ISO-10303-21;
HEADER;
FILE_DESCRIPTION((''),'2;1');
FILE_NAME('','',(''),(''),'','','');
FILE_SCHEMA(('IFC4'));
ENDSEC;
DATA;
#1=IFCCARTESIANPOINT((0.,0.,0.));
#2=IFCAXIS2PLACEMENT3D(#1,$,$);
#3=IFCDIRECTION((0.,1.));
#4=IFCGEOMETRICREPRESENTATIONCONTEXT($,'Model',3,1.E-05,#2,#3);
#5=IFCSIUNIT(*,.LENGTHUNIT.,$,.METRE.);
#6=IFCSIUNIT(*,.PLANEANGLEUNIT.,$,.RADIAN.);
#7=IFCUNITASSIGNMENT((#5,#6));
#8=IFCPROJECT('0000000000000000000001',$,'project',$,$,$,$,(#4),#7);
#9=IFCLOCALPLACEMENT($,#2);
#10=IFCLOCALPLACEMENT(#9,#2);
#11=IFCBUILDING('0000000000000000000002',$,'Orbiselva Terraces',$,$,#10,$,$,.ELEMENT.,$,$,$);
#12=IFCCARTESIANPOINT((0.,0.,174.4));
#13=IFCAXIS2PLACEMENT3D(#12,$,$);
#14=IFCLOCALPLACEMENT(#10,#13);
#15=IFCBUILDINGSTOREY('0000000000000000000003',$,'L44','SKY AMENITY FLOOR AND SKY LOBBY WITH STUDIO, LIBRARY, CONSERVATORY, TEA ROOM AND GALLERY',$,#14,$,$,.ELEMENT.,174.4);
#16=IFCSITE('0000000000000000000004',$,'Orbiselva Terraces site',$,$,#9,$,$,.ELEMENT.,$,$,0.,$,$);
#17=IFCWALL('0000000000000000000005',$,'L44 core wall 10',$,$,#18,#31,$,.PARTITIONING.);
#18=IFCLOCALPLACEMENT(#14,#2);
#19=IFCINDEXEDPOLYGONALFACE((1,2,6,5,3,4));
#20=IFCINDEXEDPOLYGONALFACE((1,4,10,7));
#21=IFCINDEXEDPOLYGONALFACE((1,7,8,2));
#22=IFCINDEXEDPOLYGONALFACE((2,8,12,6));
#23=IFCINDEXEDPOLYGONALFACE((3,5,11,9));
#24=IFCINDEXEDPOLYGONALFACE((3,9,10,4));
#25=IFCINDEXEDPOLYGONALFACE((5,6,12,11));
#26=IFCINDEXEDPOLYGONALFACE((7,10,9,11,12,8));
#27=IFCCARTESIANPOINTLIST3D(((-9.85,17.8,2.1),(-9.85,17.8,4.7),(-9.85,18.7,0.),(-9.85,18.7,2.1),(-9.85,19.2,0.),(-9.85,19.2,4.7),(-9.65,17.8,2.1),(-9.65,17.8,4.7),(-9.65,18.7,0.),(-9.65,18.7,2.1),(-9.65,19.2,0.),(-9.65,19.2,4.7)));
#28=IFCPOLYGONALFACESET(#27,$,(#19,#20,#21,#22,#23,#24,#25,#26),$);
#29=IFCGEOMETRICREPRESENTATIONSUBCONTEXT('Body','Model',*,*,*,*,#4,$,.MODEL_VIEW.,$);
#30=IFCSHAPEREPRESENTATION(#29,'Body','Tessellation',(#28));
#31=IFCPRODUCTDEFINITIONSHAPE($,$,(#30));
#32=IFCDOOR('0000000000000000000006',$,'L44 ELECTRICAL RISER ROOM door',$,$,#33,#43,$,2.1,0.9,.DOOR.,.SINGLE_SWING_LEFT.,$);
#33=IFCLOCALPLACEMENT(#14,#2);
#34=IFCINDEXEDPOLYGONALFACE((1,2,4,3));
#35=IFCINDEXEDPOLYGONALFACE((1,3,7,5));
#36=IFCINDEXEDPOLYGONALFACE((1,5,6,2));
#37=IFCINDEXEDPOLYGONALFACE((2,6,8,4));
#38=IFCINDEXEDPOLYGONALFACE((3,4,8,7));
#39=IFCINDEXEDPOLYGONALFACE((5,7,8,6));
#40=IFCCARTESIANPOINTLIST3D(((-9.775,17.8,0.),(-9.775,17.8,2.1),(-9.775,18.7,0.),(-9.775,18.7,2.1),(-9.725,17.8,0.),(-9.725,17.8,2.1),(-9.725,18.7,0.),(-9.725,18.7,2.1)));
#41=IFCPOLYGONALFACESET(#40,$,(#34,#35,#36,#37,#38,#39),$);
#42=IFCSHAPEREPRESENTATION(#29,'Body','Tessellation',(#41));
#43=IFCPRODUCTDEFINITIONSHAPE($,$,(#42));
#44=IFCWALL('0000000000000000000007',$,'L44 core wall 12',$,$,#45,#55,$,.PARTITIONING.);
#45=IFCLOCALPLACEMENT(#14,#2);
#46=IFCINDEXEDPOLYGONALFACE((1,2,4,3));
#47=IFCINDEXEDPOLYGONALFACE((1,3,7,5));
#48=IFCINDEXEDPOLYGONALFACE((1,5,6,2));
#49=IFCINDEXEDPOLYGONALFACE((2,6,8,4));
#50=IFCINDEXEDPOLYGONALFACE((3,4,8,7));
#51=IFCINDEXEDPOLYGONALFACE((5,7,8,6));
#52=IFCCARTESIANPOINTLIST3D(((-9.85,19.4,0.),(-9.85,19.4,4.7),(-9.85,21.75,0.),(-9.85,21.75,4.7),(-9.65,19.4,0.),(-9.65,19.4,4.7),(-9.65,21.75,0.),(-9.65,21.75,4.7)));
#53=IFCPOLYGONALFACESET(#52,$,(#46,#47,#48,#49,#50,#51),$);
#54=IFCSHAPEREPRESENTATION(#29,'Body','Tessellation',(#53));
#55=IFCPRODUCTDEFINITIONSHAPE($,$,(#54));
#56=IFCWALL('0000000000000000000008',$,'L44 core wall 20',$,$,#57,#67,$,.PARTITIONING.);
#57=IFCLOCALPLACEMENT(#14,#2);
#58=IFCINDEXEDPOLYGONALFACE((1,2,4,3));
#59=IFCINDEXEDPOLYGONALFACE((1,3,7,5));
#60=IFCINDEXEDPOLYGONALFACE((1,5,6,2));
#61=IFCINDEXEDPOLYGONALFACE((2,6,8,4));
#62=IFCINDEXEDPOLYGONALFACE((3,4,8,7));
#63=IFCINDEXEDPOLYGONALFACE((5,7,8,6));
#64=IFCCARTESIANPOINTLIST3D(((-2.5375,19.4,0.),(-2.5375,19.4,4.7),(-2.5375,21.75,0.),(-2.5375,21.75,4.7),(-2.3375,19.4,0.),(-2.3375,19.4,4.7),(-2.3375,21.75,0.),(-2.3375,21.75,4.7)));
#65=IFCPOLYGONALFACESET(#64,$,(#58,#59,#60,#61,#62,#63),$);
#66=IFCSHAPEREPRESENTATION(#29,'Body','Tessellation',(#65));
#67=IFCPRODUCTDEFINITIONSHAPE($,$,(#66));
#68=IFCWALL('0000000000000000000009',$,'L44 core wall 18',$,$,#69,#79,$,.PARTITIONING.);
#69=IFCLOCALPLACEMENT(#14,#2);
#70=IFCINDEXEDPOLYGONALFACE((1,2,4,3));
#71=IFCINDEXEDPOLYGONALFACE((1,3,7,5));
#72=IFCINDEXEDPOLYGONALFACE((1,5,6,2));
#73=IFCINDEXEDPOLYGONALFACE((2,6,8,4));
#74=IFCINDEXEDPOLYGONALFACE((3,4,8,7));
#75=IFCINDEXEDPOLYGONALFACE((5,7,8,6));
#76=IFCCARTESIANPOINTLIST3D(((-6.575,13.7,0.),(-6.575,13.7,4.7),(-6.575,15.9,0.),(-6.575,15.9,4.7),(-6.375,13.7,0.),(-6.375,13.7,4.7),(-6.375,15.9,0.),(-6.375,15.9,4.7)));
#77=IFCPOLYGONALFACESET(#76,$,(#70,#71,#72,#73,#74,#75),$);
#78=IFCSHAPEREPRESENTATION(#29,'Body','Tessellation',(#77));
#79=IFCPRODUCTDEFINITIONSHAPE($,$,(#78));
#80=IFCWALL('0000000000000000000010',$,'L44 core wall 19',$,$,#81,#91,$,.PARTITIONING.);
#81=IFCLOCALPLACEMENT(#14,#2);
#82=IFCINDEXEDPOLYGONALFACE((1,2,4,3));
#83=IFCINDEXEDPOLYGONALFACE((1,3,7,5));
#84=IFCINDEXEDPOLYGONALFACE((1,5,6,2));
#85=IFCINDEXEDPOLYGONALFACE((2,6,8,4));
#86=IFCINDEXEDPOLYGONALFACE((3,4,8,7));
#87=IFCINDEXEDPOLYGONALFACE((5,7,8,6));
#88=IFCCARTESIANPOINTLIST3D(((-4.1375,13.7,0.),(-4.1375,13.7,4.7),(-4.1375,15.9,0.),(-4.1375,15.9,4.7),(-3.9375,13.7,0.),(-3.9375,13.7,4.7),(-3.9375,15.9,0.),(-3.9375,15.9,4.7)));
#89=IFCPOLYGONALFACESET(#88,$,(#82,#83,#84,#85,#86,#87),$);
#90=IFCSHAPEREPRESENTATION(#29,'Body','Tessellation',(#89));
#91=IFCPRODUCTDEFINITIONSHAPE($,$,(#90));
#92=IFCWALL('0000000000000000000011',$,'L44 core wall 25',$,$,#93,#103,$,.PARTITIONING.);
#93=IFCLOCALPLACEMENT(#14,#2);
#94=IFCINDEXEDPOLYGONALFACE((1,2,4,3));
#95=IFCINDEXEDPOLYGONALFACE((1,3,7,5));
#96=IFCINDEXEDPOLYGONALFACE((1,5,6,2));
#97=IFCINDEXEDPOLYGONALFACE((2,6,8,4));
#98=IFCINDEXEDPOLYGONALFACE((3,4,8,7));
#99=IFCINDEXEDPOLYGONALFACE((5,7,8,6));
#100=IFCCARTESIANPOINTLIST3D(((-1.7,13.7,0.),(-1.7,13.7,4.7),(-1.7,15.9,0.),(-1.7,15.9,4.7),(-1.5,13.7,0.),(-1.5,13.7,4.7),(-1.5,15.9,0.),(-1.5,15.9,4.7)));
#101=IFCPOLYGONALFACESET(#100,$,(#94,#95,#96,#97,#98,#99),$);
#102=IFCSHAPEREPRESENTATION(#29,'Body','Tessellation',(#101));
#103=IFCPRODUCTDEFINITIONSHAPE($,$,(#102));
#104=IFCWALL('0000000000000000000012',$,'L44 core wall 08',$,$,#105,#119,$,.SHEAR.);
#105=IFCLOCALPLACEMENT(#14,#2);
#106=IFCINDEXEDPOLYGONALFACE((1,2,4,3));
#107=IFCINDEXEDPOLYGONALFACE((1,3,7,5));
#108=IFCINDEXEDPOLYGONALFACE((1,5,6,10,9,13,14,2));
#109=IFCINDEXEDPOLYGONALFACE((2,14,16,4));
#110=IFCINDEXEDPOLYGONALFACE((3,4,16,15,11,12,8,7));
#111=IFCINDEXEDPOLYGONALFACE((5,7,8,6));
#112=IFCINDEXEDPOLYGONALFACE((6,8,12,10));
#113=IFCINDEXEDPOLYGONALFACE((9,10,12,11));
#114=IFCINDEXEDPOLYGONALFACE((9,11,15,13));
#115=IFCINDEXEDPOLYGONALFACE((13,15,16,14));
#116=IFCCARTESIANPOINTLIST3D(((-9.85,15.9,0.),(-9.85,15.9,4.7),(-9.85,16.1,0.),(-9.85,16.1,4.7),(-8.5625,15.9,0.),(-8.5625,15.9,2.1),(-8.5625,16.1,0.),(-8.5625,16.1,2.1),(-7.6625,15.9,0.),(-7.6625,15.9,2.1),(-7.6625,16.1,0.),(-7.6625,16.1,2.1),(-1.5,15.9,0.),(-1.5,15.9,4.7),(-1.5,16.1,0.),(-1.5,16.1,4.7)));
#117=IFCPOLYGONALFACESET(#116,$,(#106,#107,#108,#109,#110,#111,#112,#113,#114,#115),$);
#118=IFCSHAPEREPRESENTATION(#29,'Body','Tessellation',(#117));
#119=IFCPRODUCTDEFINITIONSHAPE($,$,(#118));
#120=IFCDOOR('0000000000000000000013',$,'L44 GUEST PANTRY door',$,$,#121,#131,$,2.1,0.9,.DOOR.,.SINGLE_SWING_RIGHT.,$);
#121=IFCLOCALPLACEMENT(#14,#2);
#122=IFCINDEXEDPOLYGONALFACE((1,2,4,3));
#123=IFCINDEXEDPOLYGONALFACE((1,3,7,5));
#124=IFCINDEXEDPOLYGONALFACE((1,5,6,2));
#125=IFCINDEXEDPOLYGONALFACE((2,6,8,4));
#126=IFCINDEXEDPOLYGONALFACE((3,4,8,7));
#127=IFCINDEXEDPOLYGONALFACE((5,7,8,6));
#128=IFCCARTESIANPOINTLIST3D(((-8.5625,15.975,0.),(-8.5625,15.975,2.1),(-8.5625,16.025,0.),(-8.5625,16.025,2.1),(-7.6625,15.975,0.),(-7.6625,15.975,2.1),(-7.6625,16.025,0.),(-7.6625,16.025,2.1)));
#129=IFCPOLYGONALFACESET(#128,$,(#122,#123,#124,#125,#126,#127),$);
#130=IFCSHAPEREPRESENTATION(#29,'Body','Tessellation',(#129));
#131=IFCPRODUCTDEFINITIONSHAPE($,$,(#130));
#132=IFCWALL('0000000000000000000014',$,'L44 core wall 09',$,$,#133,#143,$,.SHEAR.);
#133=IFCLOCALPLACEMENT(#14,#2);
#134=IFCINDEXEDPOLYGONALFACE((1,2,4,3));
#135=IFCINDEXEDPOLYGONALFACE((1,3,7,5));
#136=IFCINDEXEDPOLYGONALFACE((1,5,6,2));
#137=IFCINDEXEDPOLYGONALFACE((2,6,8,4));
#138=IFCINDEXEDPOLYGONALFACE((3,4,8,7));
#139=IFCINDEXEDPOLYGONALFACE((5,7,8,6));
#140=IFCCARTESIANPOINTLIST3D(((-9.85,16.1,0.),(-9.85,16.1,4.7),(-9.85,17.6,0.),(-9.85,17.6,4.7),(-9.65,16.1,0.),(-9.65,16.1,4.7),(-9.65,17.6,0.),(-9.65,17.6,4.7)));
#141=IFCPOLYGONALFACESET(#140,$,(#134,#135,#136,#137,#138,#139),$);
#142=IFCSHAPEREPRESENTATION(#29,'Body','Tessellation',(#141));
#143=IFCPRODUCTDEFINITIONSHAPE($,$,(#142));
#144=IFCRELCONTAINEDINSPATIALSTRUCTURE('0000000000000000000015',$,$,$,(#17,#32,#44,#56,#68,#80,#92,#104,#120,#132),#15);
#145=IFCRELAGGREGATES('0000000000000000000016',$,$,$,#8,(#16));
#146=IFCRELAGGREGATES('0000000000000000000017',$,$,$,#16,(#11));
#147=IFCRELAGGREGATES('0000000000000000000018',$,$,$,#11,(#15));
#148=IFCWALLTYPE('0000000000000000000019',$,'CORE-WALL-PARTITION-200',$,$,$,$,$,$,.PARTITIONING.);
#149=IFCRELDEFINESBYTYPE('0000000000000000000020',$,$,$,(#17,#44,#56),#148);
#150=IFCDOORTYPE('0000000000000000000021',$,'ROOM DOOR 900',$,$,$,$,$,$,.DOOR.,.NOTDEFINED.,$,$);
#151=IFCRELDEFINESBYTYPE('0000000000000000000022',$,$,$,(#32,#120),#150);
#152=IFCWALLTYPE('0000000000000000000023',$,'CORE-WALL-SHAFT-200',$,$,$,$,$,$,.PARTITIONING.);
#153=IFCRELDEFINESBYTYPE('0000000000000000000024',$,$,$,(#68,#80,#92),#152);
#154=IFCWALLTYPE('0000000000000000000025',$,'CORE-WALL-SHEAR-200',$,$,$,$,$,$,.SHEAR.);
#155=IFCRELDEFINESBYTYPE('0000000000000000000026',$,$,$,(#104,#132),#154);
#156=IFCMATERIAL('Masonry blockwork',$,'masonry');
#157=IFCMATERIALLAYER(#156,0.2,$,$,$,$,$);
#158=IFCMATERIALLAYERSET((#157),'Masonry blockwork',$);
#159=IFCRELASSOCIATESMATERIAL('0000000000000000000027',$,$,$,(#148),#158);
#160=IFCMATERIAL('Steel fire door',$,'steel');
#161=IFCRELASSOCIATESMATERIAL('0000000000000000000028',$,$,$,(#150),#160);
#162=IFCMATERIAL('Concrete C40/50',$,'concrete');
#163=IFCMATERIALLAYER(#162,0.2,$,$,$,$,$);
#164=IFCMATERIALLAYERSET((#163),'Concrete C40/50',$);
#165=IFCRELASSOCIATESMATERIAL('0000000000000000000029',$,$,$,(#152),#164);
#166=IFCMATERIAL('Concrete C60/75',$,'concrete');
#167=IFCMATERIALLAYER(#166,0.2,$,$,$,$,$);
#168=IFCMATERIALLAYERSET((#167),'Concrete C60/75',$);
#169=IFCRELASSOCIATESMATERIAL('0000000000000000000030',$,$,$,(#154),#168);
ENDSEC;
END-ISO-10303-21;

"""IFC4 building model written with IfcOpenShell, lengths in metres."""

from ifc_helpers import new_model, si_unit, direction, frame, frame_2d, origin, place, context, subcontext, project, spatial, rectangle, extrude, material, layer, layer_set, type_object, element, fill, save


model = new_model("IFC4")

# Units and contexts
model_context = context("Model", 3, precision=1e-05, world=origin(), true_north=direction((0.0, 1.0)))
body_context = subcontext(model_context, "Body", "Model", "MODEL_VIEW")
ifc_project = project(units=[si_unit("LENGTHUNIT", "METRE"), si_unit("PLANEANGLEUNIT", "RADIAN")], contexts=[model_context])

# Site, building, storey
site_placement = place(None, origin())
site = spatial("IfcSite", under=ifc_project, at=site_placement, Name="Orbiselva Terraces site", CompositionType="ELEMENT", RefElevation=0.0)
building_placement = place(site_placement, origin())
building = spatial("IfcBuilding", under=site, at=building_placement, Name="Orbiselva Terraces", CompositionType="ELEMENT")
storey_placement = place(building_placement, frame((0.0, 0.0, 174.4)))
storey = spatial("IfcBuildingStorey", under=building, at=storey_placement, Name="L44", Description="SKY AMENITY FLOOR AND SKY LOBBY WITH STUDIO, LIBRARY, CONSERVATORY, TEA ROOM AND GALLERY", CompositionType="ELEMENT", Elevation=174.4)

# Wall, opening, door
ifc_material_1 = material(Name="Masonry blockwork", Category="masonry")
ifc_layer_1 = layer(ifc_material_1, 0.2)
ifc_layer_set_1 = layer_set([ifc_layer_1], Name="Masonry blockwork")
wall_type_1 = type_object("IfcWallType", Name="CORE-WALL-PARTITION-200", PredefinedType="PARTITIONING", material=ifc_layer_set_1)
wall_1_placement = place(storey_placement, frame((-9.75, 17.8, 0.0), z_axis=(0.0, 0.0, 1.0), x_axis=(0.0, 1.0, 0.0)))
wall_1 = element("IfcWall", 1, at=wall_1_placement, inside=storey, type_object=wall_type_1, Name="L44 core wall 10", PredefinedType="PARTITIONING", context=body_context, shape_type="SweptSolid", body=[
    extrude(rectangle(XDim=1.4, YDim=0.2, at=frame_2d((0.7, 0.0))), origin(), (0.0, 0.0, 1.0), 4.7),
])
opening_1_placement = place(wall_1_placement, origin())
opening_1 = element("IfcOpeningElement", 2, at=opening_1_placement, cuts=wall_1, PredefinedType="OPENING", context=body_context, shape_type="SweptSolid", body=[
    extrude(rectangle(XDim=0.9, YDim=2.1, at=frame_2d((0.45, 1.05))), frame((0.0, 0.11, 0.0), z_axis=(0.0, -1.0, 0.0), x_axis=(1.0, 0.0, 0.0)), (0.0, 0.0, 1.0), 0.22),
])
ifc_material_2 = material(Name="Steel fire door", Category="steel")
door_type_1 = type_object("IfcDoorType", Name="ROOM DOOR 900", OperationType="NOTDEFINED", PredefinedType="DOOR", material=ifc_material_2)
door_1_placement = place(opening_1_placement, origin())
door_1 = element("IfcDoor", 3, at=door_1_placement, inside=storey, type_object=door_type_1, Name="L44 ELECTRICAL RISER ROOM door", OperationType="SINGLE_SWING_LEFT", OverallHeight=2.1, OverallWidth=0.9, PredefinedType="DOOR", context=body_context, shape_type="SweptSolid", body=[
    extrude(rectangle(XDim=0.9, YDim=2.1, at=frame_2d((0.45, 1.05))), frame((0.0, 0.025, 0.0), z_axis=(0.0, -1.0, 0.0), x_axis=(1.0, 0.0, 0.0)), (0.0, 0.0, 1.0), 0.05),
])
fill(opening_1, door_1)

# Walls
for number, where, z_axis, x_axis, name in (
    (4, (-9.75, 19.4, 0.0), (0.0, 0.0, 1.0), (0.0, 1.0, 0.0), "L44 core wall 12"),
    (5, (-2.4375, 19.4, 0.0), (0.0, 0.0, 1.0), (0.0, 1.0, 0.0), "L44 core wall 20"),
):
    element("IfcWall", number, at=place(storey_placement, frame(where, z_axis=z_axis, x_axis=x_axis)), inside=storey, type_object=wall_type_1, Name=name, PredefinedType="PARTITIONING", context=body_context, shape_type="SweptSolid", body=[
        extrude(rectangle(XDim=2.35, YDim=0.2, at=frame_2d((1.175, 0.0))), origin(), (0.0, 0.0, 1.0), 4.7),
    ])
ifc_material_3 = material(Name="Concrete C40/50", Category="concrete")
ifc_layer_2 = layer(ifc_material_3, 0.2)
ifc_layer_set_2 = layer_set([ifc_layer_2], Name="Concrete C40/50")
wall_type_2 = type_object("IfcWallType", Name="CORE-WALL-SHAFT-200", PredefinedType="PARTITIONING", material=ifc_layer_set_2)
for number, where, z_axis, x_axis, name in (
    (6, (-6.475, 13.7, 0.0), (0.0, 0.0, 1.0), (0.0, 1.0, 0.0), "L44 core wall 18"),
    (7, (-4.0375, 13.7, 0.0), (0.0, 0.0, 1.0), (0.0, 1.0, 0.0), "L44 core wall 19"),
    (8, (-1.6, 13.7, 0.0), (0.0, 0.0, 1.0), (0.0, 1.0, 0.0), "L44 core wall 25"),
):
    element("IfcWall", number, at=place(storey_placement, frame(where, z_axis=z_axis, x_axis=x_axis)), inside=storey, type_object=wall_type_2, Name=name, PredefinedType="PARTITIONING", context=body_context, shape_type="SweptSolid", body=[
        extrude(rectangle(XDim=2.2, YDim=0.2, at=frame_2d((1.1, 0.0))), origin(), (0.0, 0.0, 1.0), 4.7),
    ])

# Wall, opening, door
ifc_material_4 = material(Name="Concrete C60/75", Category="concrete")
ifc_layer_3 = layer(ifc_material_4, 0.2)
ifc_layer_set_3 = layer_set([ifc_layer_3], Name="Concrete C60/75")
wall_type_3 = type_object("IfcWallType", Name="CORE-WALL-SHEAR-200", PredefinedType="SHEAR", material=ifc_layer_set_3)
wall_2_placement = place(storey_placement, frame((-1.5, 16.0, 0.0), z_axis=(0.0, 0.0, 1.0), x_axis=(-1.0, 0.0, 0.0)))
wall_2 = element("IfcWall", 9, at=wall_2_placement, inside=storey, type_object=wall_type_3, Name="L44 core wall 08", PredefinedType="SHEAR", context=body_context, shape_type="SweptSolid", body=[
    extrude(rectangle(XDim=8.35, YDim=0.2, at=frame_2d((4.175, 0.0))), origin(), (0.0, 0.0, 1.0), 4.7),
])
opening_2_placement = place(wall_2_placement, frame((6.1625, 0.0, 0.0)))
opening_2 = element("IfcOpeningElement", 10, at=opening_2_placement, cuts=wall_2, PredefinedType="OPENING", context=body_context, shape_type="SweptSolid", body=[
    extrude(rectangle(XDim=0.9, YDim=2.1, at=frame_2d((0.45, 1.05))), frame((0.0, 0.11, 0.0), z_axis=(0.0, -1.0, 0.0), x_axis=(1.0, 0.0, 0.0)), (0.0, 0.0, 1.0), 0.22),
])
door_2_placement = place(opening_2_placement, origin())
door_2 = element("IfcDoor", 11, at=door_2_placement, inside=storey, type_object=door_type_1, Name="L44 GUEST PANTRY door", OperationType="SINGLE_SWING_RIGHT", OverallHeight=2.1, OverallWidth=0.9, PredefinedType="DOOR", context=body_context, shape_type="SweptSolid", body=[
    extrude(rectangle(XDim=0.9, YDim=2.1, at=frame_2d((0.45, 1.05))), frame((0.0, 0.025, 0.0), z_axis=(0.0, -1.0, 0.0), x_axis=(1.0, 0.0, 0.0)), (0.0, 0.0, 1.0), 0.05),
])
fill(opening_2, door_2)

# Wall
wall_3_placement = place(storey_placement, frame((-9.75, 16.1, 0.0), z_axis=(0.0, 0.0, 1.0), x_axis=(0.0, 1.0, 0.0)))
element("IfcWall", 12, at=wall_3_placement, inside=storey, type_object=wall_type_3, Name="L44 core wall 09", PredefinedType="SHEAR", context=body_context, shape_type="SweptSolid", body=[
    extrude(rectangle(XDim=1.5, YDim=0.2, at=frame_2d((0.75, 0.0))), origin(), (0.0, 0.0, 1.0), 4.7),
])

save(model, "model.ifc")
